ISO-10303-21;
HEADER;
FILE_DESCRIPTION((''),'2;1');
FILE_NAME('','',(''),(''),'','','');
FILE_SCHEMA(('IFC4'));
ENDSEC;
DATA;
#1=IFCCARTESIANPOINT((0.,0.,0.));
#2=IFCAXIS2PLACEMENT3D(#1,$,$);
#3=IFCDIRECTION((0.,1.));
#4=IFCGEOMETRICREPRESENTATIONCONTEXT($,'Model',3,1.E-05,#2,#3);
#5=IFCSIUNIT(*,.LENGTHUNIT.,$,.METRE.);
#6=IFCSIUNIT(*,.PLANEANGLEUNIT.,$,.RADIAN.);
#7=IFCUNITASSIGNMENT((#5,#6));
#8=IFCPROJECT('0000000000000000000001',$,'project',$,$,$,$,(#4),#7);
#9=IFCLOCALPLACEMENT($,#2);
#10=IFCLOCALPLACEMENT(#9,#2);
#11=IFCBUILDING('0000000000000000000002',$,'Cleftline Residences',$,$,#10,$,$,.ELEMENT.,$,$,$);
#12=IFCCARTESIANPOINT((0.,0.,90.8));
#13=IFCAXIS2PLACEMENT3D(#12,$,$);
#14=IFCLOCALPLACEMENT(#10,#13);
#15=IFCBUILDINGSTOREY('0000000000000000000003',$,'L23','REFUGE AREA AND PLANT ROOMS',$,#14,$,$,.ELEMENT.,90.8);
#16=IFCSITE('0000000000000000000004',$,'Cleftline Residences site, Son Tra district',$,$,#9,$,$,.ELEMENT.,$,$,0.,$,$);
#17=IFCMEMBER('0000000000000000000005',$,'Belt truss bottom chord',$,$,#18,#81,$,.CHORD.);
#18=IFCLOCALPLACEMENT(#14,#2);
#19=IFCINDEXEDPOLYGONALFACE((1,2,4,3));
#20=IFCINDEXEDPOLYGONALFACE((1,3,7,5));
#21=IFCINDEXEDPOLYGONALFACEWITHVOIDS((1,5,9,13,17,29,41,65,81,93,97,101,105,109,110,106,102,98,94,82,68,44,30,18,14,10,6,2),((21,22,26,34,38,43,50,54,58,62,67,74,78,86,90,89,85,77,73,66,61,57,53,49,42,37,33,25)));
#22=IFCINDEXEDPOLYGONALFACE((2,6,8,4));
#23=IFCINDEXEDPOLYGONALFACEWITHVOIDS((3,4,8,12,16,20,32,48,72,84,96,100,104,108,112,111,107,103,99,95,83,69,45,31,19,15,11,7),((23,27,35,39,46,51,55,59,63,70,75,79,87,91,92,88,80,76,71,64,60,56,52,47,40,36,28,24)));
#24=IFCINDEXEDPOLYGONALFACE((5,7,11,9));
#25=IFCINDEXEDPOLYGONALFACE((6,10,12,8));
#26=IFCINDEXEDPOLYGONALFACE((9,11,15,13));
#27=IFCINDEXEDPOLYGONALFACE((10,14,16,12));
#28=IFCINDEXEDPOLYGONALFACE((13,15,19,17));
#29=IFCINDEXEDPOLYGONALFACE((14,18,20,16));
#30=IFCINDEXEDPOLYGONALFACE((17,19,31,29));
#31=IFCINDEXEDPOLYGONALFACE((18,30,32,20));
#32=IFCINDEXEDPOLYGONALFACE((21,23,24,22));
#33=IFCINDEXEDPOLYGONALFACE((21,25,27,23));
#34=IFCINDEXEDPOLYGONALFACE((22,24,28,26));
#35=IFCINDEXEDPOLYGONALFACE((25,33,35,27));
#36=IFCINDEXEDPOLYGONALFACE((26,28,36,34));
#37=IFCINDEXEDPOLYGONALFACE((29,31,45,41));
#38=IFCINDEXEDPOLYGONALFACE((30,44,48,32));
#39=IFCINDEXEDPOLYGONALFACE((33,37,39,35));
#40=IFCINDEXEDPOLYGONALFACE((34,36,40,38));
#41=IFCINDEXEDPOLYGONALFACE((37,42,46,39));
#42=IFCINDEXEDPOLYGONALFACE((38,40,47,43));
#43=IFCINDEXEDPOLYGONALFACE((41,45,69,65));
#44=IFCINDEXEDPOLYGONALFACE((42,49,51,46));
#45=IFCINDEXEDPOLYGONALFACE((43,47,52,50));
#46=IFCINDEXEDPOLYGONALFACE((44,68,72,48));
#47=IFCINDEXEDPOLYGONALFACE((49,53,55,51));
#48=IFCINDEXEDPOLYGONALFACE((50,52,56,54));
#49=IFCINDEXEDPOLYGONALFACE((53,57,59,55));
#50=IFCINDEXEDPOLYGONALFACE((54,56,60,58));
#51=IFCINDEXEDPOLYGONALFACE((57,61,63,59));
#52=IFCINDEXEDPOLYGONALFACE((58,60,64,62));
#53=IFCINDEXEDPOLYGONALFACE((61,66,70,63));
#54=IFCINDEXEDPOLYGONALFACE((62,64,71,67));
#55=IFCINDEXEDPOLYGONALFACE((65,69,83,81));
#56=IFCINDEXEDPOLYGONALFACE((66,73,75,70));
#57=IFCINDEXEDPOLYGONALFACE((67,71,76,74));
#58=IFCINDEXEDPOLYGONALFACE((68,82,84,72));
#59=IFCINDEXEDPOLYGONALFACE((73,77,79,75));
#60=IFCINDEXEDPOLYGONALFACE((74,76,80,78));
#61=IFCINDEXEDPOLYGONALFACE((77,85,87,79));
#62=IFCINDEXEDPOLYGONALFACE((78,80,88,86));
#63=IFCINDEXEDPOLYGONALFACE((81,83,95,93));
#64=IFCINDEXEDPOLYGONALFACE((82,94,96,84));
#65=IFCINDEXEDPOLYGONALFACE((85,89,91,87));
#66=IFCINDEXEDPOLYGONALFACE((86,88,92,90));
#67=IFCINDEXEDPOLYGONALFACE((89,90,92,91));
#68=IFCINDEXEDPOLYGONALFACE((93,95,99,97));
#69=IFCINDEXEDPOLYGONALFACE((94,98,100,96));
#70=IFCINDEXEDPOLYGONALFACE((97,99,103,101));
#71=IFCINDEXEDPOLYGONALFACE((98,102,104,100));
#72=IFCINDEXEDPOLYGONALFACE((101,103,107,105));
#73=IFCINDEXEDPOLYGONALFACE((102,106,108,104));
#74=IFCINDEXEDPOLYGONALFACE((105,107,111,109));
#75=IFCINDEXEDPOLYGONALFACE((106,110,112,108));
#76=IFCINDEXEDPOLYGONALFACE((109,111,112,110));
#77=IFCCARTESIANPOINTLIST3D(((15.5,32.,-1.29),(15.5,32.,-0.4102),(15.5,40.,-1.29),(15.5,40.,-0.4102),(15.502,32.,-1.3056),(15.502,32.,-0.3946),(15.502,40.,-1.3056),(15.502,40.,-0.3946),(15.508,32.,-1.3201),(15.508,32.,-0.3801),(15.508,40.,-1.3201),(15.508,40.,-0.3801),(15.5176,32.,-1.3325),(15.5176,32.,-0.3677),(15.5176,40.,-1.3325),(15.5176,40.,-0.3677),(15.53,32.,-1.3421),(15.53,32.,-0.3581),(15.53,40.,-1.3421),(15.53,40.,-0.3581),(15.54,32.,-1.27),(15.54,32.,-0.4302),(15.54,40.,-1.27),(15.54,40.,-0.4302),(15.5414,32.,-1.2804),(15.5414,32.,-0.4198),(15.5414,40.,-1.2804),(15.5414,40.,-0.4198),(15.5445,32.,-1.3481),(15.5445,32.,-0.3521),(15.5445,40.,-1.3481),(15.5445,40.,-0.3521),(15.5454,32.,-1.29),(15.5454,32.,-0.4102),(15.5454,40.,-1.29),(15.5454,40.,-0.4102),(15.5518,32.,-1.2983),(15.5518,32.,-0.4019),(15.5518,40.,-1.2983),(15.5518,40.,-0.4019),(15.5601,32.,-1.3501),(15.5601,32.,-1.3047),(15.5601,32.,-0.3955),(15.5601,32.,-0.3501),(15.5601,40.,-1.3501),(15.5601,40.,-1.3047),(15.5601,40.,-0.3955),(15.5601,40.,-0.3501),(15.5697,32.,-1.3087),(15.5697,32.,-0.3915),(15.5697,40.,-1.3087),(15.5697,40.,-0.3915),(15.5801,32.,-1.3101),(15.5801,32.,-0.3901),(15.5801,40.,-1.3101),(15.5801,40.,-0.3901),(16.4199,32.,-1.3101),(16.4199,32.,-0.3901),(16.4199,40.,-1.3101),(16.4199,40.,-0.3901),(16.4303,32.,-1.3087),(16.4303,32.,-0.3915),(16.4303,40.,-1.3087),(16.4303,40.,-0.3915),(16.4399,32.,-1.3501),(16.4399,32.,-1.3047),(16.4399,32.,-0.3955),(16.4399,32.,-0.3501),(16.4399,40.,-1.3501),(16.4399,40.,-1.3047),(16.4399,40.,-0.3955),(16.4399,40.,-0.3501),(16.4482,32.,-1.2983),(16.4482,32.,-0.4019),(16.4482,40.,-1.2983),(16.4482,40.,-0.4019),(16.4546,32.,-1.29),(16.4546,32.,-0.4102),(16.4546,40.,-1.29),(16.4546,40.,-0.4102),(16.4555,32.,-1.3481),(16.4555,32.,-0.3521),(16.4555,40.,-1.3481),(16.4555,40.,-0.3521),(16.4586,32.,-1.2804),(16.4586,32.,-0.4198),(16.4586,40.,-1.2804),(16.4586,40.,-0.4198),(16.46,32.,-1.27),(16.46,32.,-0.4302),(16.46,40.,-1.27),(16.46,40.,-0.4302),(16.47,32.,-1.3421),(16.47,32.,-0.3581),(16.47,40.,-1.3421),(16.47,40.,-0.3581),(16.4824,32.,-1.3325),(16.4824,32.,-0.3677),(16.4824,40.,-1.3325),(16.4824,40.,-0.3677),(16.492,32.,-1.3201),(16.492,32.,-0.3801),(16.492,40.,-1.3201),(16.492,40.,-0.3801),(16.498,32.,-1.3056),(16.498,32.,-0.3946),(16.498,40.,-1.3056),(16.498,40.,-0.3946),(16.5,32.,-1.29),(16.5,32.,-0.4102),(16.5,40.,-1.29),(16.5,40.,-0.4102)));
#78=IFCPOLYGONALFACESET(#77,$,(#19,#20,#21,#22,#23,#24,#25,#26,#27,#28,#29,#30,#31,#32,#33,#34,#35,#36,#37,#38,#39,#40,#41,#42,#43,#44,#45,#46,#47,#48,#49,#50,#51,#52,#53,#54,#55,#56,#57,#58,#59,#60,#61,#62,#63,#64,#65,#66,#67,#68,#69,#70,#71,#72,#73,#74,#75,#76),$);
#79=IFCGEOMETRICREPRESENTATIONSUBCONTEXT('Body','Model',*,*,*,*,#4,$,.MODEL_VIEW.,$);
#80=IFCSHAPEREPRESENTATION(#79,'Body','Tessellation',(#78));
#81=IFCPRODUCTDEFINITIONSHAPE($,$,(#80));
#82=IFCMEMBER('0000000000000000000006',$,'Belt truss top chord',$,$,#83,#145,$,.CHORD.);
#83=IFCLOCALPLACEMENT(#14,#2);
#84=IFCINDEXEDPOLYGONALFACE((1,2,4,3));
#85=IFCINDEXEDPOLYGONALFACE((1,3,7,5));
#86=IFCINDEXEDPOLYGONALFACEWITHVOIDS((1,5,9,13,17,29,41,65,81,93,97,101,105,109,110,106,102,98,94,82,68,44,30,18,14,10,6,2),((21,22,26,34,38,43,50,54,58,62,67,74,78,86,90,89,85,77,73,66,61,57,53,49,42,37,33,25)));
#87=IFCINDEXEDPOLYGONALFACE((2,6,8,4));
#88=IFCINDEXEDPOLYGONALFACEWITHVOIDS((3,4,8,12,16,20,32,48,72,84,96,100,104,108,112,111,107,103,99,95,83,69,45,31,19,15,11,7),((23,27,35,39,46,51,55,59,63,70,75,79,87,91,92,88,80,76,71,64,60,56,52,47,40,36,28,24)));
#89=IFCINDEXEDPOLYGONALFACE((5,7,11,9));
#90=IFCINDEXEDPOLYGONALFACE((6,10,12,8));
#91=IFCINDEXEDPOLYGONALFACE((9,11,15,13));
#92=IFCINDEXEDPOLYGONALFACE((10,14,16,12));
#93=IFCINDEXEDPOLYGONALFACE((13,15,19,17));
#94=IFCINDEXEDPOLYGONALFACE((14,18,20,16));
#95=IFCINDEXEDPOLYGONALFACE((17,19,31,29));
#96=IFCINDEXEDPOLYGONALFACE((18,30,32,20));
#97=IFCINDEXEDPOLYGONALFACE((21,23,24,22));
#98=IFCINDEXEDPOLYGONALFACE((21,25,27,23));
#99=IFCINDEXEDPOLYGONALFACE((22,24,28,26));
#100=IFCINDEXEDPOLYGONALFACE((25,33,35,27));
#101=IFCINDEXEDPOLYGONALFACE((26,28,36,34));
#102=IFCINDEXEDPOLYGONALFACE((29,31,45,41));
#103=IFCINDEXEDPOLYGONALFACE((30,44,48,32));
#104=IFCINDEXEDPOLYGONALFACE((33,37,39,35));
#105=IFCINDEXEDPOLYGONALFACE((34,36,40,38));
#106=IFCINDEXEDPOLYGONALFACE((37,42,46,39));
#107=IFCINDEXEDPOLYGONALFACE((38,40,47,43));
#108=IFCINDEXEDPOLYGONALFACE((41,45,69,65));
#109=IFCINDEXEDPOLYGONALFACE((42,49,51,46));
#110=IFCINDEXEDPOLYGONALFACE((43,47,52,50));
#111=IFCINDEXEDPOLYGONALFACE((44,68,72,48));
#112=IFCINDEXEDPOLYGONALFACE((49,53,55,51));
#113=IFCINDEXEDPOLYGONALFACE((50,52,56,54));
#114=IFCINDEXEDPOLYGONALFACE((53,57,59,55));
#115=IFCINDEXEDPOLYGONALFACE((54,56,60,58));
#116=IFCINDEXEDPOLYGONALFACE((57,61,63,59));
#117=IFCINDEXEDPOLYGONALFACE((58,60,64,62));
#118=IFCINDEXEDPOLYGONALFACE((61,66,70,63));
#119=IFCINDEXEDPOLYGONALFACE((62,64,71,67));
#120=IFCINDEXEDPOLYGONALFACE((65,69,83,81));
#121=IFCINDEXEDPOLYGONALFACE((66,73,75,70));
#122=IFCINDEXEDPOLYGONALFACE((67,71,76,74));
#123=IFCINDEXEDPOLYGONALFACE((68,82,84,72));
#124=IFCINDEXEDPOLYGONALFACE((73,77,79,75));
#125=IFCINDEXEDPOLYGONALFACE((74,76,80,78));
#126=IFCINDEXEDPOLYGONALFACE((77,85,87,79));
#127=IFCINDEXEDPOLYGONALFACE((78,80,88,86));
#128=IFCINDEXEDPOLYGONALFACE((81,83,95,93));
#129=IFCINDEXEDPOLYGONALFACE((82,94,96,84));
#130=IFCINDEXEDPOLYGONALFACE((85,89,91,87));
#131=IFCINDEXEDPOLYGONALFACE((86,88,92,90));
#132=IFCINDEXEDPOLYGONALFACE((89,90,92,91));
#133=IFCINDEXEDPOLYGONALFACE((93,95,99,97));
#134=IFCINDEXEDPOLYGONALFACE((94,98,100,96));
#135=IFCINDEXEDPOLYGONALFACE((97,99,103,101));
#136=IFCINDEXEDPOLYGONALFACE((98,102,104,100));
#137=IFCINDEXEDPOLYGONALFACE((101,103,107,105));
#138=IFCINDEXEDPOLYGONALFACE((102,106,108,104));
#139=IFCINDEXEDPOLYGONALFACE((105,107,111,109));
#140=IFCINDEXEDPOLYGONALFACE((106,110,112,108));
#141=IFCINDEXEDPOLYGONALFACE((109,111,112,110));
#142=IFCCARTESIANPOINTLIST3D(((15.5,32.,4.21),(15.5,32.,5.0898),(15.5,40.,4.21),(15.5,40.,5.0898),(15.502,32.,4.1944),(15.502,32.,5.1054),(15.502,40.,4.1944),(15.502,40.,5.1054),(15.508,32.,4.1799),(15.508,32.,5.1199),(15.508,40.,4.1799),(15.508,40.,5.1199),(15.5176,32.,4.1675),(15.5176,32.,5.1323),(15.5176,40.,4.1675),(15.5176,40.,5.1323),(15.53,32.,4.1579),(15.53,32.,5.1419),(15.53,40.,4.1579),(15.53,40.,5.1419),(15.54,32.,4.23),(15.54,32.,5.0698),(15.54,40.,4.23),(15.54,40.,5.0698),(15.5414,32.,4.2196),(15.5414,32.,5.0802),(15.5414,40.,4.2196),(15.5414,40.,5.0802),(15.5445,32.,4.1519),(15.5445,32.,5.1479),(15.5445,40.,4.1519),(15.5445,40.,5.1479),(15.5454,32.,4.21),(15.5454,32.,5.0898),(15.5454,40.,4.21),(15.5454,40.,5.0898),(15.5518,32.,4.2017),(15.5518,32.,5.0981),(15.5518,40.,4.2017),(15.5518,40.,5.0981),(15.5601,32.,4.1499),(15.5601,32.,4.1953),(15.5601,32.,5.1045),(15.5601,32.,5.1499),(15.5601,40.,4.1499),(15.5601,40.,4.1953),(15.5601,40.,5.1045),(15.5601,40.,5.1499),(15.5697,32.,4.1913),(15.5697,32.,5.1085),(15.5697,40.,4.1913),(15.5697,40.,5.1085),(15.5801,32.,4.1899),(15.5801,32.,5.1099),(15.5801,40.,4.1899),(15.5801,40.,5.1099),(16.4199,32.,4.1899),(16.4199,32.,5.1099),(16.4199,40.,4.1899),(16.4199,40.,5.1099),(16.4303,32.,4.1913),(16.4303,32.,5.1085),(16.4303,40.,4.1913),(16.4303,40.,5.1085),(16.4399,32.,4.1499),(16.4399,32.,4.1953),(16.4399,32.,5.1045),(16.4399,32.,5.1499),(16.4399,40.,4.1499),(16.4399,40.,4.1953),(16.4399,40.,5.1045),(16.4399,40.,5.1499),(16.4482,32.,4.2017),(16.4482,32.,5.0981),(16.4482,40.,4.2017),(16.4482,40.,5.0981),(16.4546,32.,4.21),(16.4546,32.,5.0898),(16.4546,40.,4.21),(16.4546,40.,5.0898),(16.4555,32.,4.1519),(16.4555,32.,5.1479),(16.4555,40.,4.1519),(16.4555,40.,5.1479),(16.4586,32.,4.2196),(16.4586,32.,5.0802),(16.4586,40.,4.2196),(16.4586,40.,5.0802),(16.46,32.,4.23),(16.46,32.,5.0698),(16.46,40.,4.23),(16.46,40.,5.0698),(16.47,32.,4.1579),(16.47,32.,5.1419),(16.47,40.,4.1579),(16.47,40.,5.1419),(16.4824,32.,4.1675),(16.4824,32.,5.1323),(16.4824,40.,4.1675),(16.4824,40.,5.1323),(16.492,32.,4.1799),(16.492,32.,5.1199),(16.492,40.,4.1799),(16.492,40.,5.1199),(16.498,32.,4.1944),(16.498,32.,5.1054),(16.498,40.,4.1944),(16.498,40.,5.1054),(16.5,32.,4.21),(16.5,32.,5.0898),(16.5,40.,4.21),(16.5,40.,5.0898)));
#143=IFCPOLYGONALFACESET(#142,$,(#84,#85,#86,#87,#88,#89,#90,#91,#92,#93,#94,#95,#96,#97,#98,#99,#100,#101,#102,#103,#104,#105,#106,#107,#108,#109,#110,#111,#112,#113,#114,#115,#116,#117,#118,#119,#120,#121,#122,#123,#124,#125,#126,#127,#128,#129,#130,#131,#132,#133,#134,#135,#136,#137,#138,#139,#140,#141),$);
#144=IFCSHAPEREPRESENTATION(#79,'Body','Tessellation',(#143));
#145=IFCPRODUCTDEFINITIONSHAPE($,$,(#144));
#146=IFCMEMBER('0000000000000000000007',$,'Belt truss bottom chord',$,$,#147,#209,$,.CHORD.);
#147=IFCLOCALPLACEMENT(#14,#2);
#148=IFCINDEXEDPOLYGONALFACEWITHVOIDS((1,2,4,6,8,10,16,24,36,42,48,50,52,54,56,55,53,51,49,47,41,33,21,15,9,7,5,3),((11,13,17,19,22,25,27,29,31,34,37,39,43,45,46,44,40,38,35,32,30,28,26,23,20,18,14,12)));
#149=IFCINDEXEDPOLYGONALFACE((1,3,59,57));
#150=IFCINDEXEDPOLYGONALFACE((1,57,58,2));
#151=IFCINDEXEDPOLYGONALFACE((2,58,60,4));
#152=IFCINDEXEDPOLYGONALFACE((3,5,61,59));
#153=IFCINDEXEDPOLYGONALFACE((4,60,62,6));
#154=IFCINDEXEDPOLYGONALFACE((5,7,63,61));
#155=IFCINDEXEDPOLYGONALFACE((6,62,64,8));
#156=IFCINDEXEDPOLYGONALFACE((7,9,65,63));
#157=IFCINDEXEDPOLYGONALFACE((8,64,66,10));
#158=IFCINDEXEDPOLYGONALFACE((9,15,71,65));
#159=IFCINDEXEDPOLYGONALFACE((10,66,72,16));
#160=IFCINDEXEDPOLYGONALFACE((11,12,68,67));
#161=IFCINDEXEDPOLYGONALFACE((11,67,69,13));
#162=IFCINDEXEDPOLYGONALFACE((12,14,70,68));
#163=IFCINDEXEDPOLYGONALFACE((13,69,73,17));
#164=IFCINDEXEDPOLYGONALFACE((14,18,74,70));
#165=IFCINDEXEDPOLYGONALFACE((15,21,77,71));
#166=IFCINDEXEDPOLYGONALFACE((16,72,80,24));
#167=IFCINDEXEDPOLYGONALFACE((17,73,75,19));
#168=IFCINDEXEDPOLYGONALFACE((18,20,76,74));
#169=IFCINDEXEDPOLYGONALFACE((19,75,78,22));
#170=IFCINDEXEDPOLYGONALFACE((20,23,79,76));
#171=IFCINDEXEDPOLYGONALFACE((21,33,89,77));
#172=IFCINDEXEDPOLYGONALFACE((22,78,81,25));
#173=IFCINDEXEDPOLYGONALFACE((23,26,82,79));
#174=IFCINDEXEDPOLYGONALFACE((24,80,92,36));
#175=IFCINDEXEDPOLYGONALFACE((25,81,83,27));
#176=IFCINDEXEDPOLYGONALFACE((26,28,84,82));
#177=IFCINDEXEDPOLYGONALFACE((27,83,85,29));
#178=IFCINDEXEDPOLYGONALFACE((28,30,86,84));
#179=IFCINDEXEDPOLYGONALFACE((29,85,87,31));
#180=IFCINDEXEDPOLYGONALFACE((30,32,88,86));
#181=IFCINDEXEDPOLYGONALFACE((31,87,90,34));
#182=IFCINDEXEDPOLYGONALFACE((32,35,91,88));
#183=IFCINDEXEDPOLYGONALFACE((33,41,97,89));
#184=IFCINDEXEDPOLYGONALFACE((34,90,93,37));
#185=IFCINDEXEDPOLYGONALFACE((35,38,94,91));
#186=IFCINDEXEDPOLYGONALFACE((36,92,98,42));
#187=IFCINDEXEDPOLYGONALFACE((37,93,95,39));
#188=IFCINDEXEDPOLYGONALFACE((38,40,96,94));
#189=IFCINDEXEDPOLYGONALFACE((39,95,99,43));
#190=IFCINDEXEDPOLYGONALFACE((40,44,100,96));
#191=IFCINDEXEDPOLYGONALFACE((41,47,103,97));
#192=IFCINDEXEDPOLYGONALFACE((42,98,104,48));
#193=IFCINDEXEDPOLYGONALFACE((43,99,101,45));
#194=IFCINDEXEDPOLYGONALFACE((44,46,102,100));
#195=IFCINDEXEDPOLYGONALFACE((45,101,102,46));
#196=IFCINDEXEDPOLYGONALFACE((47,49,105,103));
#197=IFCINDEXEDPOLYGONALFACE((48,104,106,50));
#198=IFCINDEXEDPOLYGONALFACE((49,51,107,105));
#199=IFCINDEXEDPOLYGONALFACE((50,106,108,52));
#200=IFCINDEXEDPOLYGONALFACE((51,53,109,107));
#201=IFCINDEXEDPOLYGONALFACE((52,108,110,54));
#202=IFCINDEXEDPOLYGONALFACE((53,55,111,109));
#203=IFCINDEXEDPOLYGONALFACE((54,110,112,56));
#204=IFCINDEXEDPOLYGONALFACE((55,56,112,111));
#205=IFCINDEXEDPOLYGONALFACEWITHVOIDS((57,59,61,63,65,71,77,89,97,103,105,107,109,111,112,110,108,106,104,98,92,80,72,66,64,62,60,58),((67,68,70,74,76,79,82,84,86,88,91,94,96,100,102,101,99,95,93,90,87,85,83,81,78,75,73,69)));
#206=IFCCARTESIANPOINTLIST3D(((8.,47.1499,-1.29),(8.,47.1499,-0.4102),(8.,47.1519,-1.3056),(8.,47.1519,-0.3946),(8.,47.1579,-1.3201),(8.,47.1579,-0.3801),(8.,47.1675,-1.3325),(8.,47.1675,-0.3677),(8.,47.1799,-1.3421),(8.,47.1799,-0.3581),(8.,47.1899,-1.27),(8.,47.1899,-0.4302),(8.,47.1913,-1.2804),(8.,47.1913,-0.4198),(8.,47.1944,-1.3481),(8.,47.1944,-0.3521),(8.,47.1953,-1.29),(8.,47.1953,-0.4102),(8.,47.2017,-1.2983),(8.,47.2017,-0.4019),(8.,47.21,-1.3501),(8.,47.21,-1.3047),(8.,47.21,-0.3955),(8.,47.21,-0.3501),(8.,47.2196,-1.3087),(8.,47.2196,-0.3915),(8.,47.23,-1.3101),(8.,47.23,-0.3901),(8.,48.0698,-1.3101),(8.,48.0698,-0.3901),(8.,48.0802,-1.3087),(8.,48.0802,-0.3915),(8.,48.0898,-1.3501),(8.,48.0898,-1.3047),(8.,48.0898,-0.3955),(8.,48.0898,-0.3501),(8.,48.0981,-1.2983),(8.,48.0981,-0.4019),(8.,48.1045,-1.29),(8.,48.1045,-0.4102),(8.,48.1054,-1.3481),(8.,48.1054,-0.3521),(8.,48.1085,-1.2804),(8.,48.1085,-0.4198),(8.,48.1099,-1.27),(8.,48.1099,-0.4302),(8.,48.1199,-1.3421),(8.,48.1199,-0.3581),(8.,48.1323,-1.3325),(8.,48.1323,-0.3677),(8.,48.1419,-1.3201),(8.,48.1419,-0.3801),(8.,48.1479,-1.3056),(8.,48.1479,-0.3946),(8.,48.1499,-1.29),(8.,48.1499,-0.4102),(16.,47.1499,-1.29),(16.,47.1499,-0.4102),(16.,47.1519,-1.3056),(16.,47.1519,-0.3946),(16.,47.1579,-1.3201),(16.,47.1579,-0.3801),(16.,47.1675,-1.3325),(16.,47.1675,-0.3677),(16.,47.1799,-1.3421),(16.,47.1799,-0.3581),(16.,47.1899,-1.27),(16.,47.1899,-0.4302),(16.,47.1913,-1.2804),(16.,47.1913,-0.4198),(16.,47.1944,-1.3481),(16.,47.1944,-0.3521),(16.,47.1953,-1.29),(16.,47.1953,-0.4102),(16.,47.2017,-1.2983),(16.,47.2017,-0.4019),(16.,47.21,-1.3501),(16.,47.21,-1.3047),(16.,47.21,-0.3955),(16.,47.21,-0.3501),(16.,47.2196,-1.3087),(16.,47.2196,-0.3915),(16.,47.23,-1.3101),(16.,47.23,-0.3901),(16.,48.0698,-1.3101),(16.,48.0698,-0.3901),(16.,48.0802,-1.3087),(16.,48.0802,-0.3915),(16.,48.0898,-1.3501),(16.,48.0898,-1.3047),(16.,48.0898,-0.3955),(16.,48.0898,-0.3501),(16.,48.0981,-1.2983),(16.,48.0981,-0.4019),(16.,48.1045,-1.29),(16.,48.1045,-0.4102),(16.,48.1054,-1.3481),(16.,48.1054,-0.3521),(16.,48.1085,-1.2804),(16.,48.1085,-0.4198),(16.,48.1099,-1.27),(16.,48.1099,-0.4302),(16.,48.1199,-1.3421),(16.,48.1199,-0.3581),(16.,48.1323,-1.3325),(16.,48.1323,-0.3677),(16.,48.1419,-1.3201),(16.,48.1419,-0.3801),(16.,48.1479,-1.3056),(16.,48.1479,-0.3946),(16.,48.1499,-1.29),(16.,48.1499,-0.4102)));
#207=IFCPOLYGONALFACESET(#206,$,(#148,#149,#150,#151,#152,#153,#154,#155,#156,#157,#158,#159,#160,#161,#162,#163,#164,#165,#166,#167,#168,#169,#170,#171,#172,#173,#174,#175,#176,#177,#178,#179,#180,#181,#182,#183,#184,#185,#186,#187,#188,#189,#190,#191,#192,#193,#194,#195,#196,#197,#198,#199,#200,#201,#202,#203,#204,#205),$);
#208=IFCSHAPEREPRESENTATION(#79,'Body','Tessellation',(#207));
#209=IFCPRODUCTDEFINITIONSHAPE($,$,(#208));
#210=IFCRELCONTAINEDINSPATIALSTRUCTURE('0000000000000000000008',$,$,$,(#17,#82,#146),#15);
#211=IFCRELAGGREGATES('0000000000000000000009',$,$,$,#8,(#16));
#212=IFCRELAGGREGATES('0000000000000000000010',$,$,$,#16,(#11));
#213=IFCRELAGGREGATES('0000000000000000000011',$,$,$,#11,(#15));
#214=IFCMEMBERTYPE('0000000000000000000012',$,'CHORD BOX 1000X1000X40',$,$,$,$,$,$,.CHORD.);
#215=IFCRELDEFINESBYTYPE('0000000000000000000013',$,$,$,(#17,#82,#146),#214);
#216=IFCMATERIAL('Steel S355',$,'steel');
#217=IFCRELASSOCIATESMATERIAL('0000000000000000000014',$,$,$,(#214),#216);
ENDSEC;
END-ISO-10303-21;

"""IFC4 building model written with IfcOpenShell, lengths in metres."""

from ifc_helpers import new_model, si_unit, direction, frame, origin, origin_2d, place, context, subcontext, project, spatial, hollow_rectangle, extrude, material, material_profile, profile_set, type_object, element, save


model = new_model("IFC4")

# Units and contexts
model_context = context("Model", 3, precision=1e-05, world=origin(), true_north=direction((0.0, 1.0)))
body_context = subcontext(model_context, "Body", "Model", "MODEL_VIEW")
ifc_project = project(units=[si_unit("LENGTHUNIT", "METRE"), si_unit("PLANEANGLEUNIT", "RADIAN")], contexts=[model_context])

# Site, building, storey
site_placement = place(None, origin())
site = spatial("IfcSite", under=ifc_project, at=site_placement, Name="Cleftline Residences site, Son Tra district", CompositionType="ELEMENT", RefElevation=0.0)
building_placement = place(site_placement, origin())
building = spatial("IfcBuilding", under=site, at=building_placement, Name="Cleftline Residences", CompositionType="ELEMENT")
storey_placement = place(building_placement, frame((0.0, 0.0, 90.8)))
storey = spatial("IfcBuildingStorey", under=building, at=storey_placement, Name="L23", Description="REFUGE AREA AND PLANT ROOMS", CompositionType="ELEMENT", Elevation=90.8)

# Members
ifc_material_1 = material(Name="Steel S355", Category="steel")
ifc_material_profile_1 = material_profile(ifc_material_1, hollow_rectangle(XDim=1.0, YDim=1.0, WallThickness=0.04, InnerFilletRadius=0.04, OuterFilletRadius=0.0601, at=origin_2d()))
ifc_profile_set_1 = profile_set([ifc_material_profile_1], Name="Steel S355")
member_type_1 = type_object("IfcMemberType", Name="CHORD BOX 1000X1000X40", PredefinedType="CHORD", material=ifc_profile_set_1)
for number, where, z_axis, x_axis, name in (
    (1, (16.0, 32.0, -0.8501), (0.0, 1.0, 0.0), (-1.0, 0.0, 0.0), "Belt truss bottom chord"),
    (2, (16.0, 32.0, 4.6499), (0.0, 1.0, 0.0), (-1.0, 0.0, 0.0), "Belt truss top chord"),
    (3, (8.0, 47.6499, -0.8501), (1.0, 0.0, 0.0), (0.0, 1.0, 0.0), "Belt truss bottom chord"),
):
    element("IfcMember", number, at=place(storey_placement, frame(where, z_axis=z_axis, x_axis=x_axis)), inside=storey, type_object=member_type_1, Name=name, PredefinedType="CHORD", context=body_context, shape_type="SweptSolid", body=[
        extrude(hollow_rectangle(XDim=1.0, YDim=1.0, WallThickness=0.04, InnerFilletRadius=0.04, OuterFilletRadius=0.0601, at=origin_2d()), origin(), (0.0, 0.0, 1.0), 8.0),
    ])

save(model, "model.ifc")
